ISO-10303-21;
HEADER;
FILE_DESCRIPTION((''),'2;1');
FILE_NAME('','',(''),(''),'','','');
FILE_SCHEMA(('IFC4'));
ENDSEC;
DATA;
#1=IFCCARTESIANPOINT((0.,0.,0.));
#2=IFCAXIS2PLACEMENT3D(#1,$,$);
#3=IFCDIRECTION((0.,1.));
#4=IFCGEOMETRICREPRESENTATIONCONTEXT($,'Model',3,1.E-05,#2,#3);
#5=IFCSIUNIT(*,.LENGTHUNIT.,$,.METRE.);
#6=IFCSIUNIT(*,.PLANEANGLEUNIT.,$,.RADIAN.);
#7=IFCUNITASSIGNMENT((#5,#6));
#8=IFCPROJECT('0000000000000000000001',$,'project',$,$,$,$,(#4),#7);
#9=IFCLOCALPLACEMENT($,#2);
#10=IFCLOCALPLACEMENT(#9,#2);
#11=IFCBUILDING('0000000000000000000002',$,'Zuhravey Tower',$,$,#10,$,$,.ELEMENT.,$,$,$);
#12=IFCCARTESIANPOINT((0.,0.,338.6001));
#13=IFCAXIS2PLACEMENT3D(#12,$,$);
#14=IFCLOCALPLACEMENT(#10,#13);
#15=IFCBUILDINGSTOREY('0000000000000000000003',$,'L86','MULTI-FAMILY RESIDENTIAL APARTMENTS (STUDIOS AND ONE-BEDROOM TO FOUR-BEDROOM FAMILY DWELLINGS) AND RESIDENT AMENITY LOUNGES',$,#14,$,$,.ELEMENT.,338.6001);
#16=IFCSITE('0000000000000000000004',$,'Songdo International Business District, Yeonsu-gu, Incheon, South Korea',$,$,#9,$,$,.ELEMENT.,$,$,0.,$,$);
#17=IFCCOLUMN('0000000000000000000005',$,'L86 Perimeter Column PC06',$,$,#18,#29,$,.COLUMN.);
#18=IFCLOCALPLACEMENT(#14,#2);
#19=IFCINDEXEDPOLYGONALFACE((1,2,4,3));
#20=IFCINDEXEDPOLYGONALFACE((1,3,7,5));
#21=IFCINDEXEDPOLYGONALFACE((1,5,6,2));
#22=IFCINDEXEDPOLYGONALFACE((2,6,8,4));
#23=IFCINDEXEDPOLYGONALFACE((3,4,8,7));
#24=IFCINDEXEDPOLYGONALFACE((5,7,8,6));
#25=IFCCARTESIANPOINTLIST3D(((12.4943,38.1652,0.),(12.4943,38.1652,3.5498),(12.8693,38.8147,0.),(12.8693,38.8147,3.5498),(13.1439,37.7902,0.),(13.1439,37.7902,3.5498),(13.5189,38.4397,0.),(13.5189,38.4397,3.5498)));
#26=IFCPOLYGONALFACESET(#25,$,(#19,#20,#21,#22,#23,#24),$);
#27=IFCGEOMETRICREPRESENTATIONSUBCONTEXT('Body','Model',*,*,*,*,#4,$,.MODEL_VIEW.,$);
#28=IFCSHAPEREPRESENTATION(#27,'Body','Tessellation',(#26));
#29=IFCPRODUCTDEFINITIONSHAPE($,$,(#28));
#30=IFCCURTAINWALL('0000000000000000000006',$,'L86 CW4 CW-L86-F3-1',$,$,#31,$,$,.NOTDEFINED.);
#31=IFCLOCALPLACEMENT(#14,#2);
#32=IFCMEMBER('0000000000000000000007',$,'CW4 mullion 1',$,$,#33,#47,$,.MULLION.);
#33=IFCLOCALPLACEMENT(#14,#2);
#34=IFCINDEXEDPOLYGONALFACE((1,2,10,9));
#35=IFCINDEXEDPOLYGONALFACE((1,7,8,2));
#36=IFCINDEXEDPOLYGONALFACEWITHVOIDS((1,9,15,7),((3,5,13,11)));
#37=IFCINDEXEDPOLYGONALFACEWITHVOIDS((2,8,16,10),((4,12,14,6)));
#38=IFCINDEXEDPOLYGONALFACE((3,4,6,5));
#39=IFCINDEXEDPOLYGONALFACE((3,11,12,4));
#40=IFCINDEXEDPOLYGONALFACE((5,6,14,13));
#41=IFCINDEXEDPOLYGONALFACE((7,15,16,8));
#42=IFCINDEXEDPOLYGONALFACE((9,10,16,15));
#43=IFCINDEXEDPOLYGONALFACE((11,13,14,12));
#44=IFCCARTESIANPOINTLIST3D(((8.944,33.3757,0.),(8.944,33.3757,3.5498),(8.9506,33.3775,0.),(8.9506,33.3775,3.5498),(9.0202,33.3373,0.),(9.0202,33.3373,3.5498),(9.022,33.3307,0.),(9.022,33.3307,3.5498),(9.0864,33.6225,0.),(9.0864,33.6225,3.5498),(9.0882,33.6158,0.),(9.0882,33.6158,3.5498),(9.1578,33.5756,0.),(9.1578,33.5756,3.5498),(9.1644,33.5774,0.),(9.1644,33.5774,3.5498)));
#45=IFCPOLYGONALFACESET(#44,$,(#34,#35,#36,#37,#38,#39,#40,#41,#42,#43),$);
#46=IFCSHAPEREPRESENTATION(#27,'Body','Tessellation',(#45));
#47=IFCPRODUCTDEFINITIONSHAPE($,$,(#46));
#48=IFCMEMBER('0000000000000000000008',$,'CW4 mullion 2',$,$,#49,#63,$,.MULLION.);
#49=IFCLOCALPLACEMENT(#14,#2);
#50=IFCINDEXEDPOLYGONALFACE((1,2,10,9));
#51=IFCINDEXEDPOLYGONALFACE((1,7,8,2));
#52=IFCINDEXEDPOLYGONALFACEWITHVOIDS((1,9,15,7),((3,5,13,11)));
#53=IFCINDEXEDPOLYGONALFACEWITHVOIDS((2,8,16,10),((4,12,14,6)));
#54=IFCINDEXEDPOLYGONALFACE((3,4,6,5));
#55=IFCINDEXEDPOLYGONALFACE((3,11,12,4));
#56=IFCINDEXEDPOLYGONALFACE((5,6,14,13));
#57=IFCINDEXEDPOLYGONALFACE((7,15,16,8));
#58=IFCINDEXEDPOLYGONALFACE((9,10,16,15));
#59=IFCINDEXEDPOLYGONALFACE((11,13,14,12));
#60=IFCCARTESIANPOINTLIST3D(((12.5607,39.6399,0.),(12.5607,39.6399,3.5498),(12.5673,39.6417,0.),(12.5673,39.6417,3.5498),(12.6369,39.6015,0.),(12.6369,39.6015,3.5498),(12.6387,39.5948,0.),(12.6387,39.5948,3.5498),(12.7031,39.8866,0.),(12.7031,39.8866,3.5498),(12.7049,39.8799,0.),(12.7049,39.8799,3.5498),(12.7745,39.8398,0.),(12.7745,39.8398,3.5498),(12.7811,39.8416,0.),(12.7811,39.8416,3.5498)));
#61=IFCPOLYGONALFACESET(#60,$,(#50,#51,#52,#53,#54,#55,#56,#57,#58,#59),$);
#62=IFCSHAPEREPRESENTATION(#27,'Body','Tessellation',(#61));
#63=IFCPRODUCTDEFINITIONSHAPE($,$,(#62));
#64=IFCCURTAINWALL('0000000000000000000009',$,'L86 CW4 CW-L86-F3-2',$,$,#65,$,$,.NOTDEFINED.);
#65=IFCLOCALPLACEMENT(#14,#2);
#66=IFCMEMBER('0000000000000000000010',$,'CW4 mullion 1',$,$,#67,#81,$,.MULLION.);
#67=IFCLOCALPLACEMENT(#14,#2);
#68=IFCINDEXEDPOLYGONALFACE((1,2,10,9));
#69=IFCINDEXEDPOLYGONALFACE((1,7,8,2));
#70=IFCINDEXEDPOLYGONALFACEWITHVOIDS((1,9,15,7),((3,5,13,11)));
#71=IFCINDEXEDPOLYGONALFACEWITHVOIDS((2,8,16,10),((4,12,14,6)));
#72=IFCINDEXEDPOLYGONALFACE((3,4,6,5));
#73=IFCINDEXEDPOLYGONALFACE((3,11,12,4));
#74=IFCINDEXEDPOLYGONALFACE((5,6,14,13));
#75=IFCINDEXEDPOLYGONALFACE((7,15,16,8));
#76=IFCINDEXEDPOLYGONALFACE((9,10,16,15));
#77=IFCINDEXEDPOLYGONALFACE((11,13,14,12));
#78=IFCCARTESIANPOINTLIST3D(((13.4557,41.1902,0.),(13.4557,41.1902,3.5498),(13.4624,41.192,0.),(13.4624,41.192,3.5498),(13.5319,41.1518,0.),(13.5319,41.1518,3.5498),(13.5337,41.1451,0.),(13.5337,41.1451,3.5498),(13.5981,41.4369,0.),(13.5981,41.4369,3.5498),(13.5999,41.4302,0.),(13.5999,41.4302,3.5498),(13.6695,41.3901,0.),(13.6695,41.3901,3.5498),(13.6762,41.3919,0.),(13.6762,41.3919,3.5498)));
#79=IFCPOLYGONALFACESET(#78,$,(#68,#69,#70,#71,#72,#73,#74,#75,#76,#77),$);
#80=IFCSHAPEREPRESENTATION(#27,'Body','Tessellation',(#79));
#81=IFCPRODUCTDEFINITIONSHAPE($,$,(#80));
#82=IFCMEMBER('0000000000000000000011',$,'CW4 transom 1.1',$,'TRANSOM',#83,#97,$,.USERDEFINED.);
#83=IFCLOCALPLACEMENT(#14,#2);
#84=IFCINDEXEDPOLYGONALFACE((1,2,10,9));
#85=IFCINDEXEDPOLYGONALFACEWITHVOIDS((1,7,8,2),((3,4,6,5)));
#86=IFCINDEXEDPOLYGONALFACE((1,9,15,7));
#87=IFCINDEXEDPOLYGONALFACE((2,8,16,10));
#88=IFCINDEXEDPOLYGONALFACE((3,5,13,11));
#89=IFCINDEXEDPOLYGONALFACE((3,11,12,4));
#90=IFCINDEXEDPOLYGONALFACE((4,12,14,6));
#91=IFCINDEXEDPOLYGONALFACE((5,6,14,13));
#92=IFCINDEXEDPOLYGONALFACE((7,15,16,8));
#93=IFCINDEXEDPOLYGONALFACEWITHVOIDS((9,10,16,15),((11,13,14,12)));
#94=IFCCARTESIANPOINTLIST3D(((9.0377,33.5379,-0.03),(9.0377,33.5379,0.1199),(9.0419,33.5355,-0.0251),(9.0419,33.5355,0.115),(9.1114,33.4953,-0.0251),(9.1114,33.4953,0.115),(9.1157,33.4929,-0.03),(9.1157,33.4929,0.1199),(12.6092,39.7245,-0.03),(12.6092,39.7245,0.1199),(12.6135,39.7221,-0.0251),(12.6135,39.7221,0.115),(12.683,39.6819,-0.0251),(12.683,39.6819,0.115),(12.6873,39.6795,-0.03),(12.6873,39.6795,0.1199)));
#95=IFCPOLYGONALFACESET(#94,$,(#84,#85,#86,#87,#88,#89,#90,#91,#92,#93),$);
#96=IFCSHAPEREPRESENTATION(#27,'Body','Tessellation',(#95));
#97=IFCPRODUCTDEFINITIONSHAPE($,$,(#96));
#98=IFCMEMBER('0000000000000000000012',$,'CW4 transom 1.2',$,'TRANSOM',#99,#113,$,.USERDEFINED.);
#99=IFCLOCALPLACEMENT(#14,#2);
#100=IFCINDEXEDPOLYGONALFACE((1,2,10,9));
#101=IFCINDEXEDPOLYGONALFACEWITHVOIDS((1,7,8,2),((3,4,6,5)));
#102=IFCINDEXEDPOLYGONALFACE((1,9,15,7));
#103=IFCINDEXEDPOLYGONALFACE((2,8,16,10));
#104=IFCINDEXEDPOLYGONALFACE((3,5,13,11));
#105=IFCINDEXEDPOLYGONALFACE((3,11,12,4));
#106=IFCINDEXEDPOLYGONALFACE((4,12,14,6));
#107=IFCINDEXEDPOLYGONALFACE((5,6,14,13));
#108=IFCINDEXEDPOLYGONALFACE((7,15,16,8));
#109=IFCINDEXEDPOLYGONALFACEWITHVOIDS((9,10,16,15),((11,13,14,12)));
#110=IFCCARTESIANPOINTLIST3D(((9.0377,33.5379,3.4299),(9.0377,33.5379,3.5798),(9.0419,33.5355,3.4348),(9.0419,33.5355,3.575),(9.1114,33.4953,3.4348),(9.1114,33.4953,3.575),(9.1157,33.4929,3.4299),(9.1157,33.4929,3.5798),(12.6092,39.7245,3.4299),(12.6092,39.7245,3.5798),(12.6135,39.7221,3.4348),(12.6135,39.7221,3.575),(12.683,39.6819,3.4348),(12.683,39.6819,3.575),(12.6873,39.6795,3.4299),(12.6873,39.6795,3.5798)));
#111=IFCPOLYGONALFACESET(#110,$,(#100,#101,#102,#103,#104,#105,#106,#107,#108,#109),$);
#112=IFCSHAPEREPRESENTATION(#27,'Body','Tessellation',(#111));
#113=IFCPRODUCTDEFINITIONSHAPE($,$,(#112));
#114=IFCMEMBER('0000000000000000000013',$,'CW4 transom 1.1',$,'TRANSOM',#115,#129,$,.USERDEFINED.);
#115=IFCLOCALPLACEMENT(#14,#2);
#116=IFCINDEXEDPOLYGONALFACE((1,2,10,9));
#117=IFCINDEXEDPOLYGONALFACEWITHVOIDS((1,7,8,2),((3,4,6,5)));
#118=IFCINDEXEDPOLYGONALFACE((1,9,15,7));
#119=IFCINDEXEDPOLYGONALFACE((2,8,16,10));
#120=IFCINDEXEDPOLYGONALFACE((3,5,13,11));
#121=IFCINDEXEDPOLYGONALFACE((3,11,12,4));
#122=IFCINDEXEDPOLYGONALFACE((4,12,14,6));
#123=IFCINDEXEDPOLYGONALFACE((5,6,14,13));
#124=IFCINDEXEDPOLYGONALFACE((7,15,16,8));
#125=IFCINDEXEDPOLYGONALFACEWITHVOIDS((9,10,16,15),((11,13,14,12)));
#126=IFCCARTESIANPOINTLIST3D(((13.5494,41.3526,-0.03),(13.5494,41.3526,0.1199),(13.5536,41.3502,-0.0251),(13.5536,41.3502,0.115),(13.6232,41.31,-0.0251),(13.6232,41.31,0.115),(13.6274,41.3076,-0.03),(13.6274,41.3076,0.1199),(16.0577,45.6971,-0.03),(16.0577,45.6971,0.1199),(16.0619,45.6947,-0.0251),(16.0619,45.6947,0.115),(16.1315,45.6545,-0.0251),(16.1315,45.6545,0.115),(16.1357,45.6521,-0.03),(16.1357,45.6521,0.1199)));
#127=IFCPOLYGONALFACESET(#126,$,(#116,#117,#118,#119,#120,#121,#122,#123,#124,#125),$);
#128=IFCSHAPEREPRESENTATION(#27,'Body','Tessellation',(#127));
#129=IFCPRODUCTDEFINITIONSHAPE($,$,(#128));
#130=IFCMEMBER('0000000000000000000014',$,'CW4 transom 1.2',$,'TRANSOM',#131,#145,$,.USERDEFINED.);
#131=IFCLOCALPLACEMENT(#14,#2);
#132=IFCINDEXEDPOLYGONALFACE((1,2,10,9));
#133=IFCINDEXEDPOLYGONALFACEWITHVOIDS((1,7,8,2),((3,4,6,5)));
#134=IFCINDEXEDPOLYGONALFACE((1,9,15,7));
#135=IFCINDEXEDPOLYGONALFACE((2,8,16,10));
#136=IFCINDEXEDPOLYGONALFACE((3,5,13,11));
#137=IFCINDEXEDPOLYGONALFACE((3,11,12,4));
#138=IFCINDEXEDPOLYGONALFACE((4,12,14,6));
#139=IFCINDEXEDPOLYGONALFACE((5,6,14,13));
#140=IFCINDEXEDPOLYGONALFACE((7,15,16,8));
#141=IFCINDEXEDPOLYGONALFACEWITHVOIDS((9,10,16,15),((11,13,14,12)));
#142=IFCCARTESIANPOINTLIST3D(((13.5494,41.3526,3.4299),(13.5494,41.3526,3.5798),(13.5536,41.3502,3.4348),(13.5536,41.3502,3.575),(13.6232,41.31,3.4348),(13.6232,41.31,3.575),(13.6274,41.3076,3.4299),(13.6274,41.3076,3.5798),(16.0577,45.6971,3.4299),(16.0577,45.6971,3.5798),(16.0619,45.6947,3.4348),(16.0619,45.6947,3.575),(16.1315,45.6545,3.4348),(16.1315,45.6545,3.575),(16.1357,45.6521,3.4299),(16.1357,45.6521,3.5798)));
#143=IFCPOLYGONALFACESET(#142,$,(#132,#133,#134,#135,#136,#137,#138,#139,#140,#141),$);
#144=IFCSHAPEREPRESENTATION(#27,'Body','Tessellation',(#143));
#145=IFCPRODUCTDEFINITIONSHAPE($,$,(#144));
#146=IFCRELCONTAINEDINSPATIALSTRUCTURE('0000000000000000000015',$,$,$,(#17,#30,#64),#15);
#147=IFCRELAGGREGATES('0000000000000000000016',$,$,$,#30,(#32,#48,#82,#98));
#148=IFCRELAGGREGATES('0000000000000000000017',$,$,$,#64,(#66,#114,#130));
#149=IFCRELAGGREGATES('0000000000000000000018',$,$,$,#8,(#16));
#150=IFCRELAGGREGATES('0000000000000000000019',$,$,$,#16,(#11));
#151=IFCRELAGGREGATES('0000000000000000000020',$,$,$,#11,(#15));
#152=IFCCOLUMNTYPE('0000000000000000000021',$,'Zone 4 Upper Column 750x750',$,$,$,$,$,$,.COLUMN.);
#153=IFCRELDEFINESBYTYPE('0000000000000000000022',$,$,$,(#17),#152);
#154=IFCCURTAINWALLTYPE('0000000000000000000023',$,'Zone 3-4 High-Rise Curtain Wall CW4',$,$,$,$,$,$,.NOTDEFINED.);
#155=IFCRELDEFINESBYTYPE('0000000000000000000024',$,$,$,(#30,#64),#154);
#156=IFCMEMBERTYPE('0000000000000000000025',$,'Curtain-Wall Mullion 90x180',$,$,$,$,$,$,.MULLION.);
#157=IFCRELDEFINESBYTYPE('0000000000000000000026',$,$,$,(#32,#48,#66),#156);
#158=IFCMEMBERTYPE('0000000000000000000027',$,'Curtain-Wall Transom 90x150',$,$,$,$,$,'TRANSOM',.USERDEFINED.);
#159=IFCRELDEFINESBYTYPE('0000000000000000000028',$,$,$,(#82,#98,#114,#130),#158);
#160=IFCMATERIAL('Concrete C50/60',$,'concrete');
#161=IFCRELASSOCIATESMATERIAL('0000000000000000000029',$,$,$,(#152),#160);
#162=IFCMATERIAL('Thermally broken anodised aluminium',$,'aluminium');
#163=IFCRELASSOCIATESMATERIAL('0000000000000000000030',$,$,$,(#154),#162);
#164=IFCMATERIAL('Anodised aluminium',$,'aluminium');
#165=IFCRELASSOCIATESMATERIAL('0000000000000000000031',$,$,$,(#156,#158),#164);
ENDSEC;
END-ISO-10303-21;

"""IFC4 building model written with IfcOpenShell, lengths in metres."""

from ifc_helpers import new_model, si_unit, direction, frame, origin, origin_2d, place, context, subcontext, project, spatial, rectangle, hollow_rectangle, extrude, material, material_profile, profile_set, type_object, element, aggregate, save


model = new_model("IFC4")

# Units and contexts
model_context = context("Model", 3, precision=1e-05, world=origin(), true_north=direction((0.0, 1.0)))
body_context = subcontext(model_context, "Body", "Model", "MODEL_VIEW")
ifc_project = project(units=[si_unit("LENGTHUNIT", "METRE"), si_unit("PLANEANGLEUNIT", "RADIAN")], contexts=[model_context])

# Site, building, storey
site_placement = place(None, origin())
site = spatial("IfcSite", under=ifc_project, at=site_placement, Name="Songdo International Business District, Yeonsu-gu, Incheon, South Korea", CompositionType="ELEMENT", RefElevation=0.0)
building_placement = place(site_placement, origin())
building = spatial("IfcBuilding", under=site, at=building_placement, Name="Zuhravey Tower", CompositionType="ELEMENT")
storey_placement = place(building_placement, frame((0.0, 0.0, 338.6001)))
storey = spatial("IfcBuildingStorey", under=building, at=storey_placement, Name="L86", Description="MULTI-FAMILY RESIDENTIAL APARTMENTS (STUDIOS AND ONE-BEDROOM TO FOUR-BEDROOM FAMILY DWELLINGS) AND RESIDENT AMENITY LOUNGES", CompositionType="ELEMENT", Elevation=338.6001)

# Column
ifc_material_1 = material(Name="Concrete C50/60", Category="concrete")
ifc_material_profile_1 = material_profile(ifc_material_1, rectangle(XDim=0.75, YDim=0.75, at=origin_2d()), Name="RC-750x750")
ifc_profile_set_1 = profile_set([ifc_material_profile_1], Name="Concrete C50/60")
column_type = type_object("IfcColumnType", Name="Zone 4 Upper Column 750x750", PredefinedType="COLUMN", material=ifc_profile_set_1)
column_placement = place(storey_placement, frame((13.0066, 38.3025, 0.0), z_axis=(0.0, 0.0, 1.0), x_axis=(-0.5, -0.866025, 0.0)))
element("IfcColumn", 1, at=column_placement, inside=storey, type_object=column_type, Name="L86 Perimeter Column PC06", PredefinedType="COLUMN", context=body_context, shape_type="SweptSolid", body=[
    extrude(rectangle(XDim=0.75, YDim=0.75, at=origin_2d()), origin(), (0.0, 0.0, 1.0), 3.5498),
])

# Curtain wall, members
ifc_material_2 = material(Name="Thermally broken anodised aluminium", Category="aluminium")
curtain_wall_type = type_object("IfcCurtainWallType", Name="Zone 3-4 High-Rise Curtain Wall CW4", PredefinedType="NOTDEFINED", material=ifc_material_2)
curtain_wall_1_placement = place(storey_placement, origin())
curtain_wall_1 = element("IfcCurtainWall", 2, at=curtain_wall_1_placement, inside=storey, type_object=curtain_wall_type, Name="L86 CW4 CW-L86-F3-1", PredefinedType="NOTDEFINED")
ifc_material_3 = material(Name="Anodised aluminium", Category="aluminium")
ifc_material_profile_2 = material_profile(ifc_material_3, hollow_rectangle(XDim=0.0901, YDim=0.2849, WallThickness=0.0049, at=origin_2d()), Name="ALU-RHS-90x285x5")
ifc_profile_set_2 = profile_set([ifc_material_profile_2], Name="Anodised aluminium")
member_type_1 = type_object("IfcMemberType", Name="Curtain-Wall Mullion 90x180", PredefinedType="MULLION", material=ifc_profile_set_2)
member_1_placement = place(storey_placement, frame((9.0542, 33.4766, 0.0), z_axis=(0.0, 0.0, 1.0), x_axis=(-0.866027, 0.499997, 0.0)))
member_1 = element("IfcMember", 3, at=member_1_placement, type_object=member_type_1, Name="CW4 mullion 1", PredefinedType="MULLION", context=body_context, shape_type="SweptSolid", body=[
    extrude(hollow_rectangle(XDim=0.0901, YDim=0.2849, WallThickness=0.0049, at=origin_2d()), origin(), (0.0, 0.0, 1.0), 3.5498),
])
member_2_placement = place(storey_placement, frame((12.6709, 39.7407, 0.0), z_axis=(0.0, 0.0, 1.0), x_axis=(-0.866027, 0.499997, 0.0)))
member_2 = element("IfcMember", 4, at=member_2_placement, type_object=member_type_1, Name="CW4 mullion 2", PredefinedType="MULLION", context=body_context, shape_type="SweptSolid", body=[
    extrude(hollow_rectangle(XDim=0.0901, YDim=0.2849, WallThickness=0.0049, at=origin_2d()), origin(), (0.0, 0.0, 1.0), 3.5498),
])

# Curtain wall, member
curtain_wall_2_placement = place(storey_placement, origin())
curtain_wall_2 = element("IfcCurtainWall", 5, at=curtain_wall_2_placement, inside=storey, type_object=curtain_wall_type, Name="L86 CW4 CW-L86-F3-2", PredefinedType="NOTDEFINED")
member_3_placement = place(storey_placement, frame((13.5659, 41.291, 0.0), z_axis=(0.0, 0.0, 1.0), x_axis=(-0.866024, 0.500003, 0.0)))
member_3 = element("IfcMember", 6, at=member_3_placement, type_object=member_type_1, Name="CW4 mullion 1", PredefinedType="MULLION", context=body_context, shape_type="SweptSolid", body=[
    extrude(hollow_rectangle(XDim=0.0901, YDim=0.2849, WallThickness=0.0049, at=origin_2d()), origin(), (0.0, 0.0, 1.0), 3.5498),
])

# Members
ifc_material_profile_3 = material_profile(ifc_material_3, hollow_rectangle(XDim=0.0901, YDim=0.1499, WallThickness=0.0049, at=origin_2d()), Name="ALU-RHS-90x150x5")
ifc_profile_set_3 = profile_set([ifc_material_profile_3], Name="Anodised aluminium")
member_type_2 = type_object("IfcMemberType", Name="Curtain-Wall Transom 90x150", ElementType="TRANSOM", PredefinedType="USERDEFINED", material=ifc_profile_set_3)
member_4_placement = place(storey_placement, frame((9.0767, 33.5154, 0.0449), z_axis=(0.499973, 0.866041, 0.0), x_axis=(-0.866041, 0.499973, 0.0)))
member_4 = element("IfcMember", 7, at=member_4_placement, type_object=member_type_2, Name="CW4 transom 1.1", ObjectType="TRANSOM", PredefinedType="USERDEFINED", context=body_context, shape_type="SweptSolid", body=[
    extrude(hollow_rectangle(XDim=0.0901, YDim=0.1499, WallThickness=0.0049, at=origin_2d()), origin(), (0.0, 0.0, 1.0), 7.1436),
])
member_5_placement = place(storey_placement, frame((9.0767, 33.5154, 3.5049), z_axis=(0.499973, 0.866041, 0.0), x_axis=(-0.866041, 0.499973, 0.0)))
member_5 = element("IfcMember", 8, at=member_5_placement, type_object=member_type_2, Name="CW4 transom 1.2", ObjectType="TRANSOM", PredefinedType="USERDEFINED", context=body_context, shape_type="SweptSolid", body=[
    extrude(hollow_rectangle(XDim=0.0901, YDim=0.1499, WallThickness=0.0049, at=origin_2d()), origin(), (0.0, 0.0, 1.0), 7.1436),
])
member_6_placement = place(storey_placement, frame((13.5884, 41.3301, 0.0449), z_axis=(0.500002, 0.866024, 0.0), x_axis=(-0.866024, 0.500002, 0.0)))
member_6 = element("IfcMember", 9, at=member_6_placement, type_object=member_type_2, Name="CW4 transom 1.1", ObjectType="TRANSOM", PredefinedType="USERDEFINED", context=body_context, shape_type="SweptSolid", body=[
    extrude(hollow_rectangle(XDim=0.0901, YDim=0.1499, WallThickness=0.0049, at=origin_2d()), origin(), (0.0, 0.0, 1.0), 5.0166),
])
member_7_placement = place(storey_placement, frame((13.5884, 41.3301, 3.5049), z_axis=(0.500002, 0.866024, 0.0), x_axis=(-0.866024, 0.500002, 0.0)))
member_7 = element("IfcMember", 10, at=member_7_placement, type_object=member_type_2, Name="CW4 transom 1.2", ObjectType="TRANSOM", PredefinedType="USERDEFINED", context=body_context, shape_type="SweptSolid", body=[
    extrude(hollow_rectangle(XDim=0.0901, YDim=0.1499, WallThickness=0.0049, at=origin_2d()), origin(), (0.0, 0.0, 1.0), 5.0166),
])

aggregate(curtain_wall_1, [member_1, member_2, member_4, member_5])
aggregate(curtain_wall_2, [member_3, member_6, member_7])

save(model, "model.ifc")
